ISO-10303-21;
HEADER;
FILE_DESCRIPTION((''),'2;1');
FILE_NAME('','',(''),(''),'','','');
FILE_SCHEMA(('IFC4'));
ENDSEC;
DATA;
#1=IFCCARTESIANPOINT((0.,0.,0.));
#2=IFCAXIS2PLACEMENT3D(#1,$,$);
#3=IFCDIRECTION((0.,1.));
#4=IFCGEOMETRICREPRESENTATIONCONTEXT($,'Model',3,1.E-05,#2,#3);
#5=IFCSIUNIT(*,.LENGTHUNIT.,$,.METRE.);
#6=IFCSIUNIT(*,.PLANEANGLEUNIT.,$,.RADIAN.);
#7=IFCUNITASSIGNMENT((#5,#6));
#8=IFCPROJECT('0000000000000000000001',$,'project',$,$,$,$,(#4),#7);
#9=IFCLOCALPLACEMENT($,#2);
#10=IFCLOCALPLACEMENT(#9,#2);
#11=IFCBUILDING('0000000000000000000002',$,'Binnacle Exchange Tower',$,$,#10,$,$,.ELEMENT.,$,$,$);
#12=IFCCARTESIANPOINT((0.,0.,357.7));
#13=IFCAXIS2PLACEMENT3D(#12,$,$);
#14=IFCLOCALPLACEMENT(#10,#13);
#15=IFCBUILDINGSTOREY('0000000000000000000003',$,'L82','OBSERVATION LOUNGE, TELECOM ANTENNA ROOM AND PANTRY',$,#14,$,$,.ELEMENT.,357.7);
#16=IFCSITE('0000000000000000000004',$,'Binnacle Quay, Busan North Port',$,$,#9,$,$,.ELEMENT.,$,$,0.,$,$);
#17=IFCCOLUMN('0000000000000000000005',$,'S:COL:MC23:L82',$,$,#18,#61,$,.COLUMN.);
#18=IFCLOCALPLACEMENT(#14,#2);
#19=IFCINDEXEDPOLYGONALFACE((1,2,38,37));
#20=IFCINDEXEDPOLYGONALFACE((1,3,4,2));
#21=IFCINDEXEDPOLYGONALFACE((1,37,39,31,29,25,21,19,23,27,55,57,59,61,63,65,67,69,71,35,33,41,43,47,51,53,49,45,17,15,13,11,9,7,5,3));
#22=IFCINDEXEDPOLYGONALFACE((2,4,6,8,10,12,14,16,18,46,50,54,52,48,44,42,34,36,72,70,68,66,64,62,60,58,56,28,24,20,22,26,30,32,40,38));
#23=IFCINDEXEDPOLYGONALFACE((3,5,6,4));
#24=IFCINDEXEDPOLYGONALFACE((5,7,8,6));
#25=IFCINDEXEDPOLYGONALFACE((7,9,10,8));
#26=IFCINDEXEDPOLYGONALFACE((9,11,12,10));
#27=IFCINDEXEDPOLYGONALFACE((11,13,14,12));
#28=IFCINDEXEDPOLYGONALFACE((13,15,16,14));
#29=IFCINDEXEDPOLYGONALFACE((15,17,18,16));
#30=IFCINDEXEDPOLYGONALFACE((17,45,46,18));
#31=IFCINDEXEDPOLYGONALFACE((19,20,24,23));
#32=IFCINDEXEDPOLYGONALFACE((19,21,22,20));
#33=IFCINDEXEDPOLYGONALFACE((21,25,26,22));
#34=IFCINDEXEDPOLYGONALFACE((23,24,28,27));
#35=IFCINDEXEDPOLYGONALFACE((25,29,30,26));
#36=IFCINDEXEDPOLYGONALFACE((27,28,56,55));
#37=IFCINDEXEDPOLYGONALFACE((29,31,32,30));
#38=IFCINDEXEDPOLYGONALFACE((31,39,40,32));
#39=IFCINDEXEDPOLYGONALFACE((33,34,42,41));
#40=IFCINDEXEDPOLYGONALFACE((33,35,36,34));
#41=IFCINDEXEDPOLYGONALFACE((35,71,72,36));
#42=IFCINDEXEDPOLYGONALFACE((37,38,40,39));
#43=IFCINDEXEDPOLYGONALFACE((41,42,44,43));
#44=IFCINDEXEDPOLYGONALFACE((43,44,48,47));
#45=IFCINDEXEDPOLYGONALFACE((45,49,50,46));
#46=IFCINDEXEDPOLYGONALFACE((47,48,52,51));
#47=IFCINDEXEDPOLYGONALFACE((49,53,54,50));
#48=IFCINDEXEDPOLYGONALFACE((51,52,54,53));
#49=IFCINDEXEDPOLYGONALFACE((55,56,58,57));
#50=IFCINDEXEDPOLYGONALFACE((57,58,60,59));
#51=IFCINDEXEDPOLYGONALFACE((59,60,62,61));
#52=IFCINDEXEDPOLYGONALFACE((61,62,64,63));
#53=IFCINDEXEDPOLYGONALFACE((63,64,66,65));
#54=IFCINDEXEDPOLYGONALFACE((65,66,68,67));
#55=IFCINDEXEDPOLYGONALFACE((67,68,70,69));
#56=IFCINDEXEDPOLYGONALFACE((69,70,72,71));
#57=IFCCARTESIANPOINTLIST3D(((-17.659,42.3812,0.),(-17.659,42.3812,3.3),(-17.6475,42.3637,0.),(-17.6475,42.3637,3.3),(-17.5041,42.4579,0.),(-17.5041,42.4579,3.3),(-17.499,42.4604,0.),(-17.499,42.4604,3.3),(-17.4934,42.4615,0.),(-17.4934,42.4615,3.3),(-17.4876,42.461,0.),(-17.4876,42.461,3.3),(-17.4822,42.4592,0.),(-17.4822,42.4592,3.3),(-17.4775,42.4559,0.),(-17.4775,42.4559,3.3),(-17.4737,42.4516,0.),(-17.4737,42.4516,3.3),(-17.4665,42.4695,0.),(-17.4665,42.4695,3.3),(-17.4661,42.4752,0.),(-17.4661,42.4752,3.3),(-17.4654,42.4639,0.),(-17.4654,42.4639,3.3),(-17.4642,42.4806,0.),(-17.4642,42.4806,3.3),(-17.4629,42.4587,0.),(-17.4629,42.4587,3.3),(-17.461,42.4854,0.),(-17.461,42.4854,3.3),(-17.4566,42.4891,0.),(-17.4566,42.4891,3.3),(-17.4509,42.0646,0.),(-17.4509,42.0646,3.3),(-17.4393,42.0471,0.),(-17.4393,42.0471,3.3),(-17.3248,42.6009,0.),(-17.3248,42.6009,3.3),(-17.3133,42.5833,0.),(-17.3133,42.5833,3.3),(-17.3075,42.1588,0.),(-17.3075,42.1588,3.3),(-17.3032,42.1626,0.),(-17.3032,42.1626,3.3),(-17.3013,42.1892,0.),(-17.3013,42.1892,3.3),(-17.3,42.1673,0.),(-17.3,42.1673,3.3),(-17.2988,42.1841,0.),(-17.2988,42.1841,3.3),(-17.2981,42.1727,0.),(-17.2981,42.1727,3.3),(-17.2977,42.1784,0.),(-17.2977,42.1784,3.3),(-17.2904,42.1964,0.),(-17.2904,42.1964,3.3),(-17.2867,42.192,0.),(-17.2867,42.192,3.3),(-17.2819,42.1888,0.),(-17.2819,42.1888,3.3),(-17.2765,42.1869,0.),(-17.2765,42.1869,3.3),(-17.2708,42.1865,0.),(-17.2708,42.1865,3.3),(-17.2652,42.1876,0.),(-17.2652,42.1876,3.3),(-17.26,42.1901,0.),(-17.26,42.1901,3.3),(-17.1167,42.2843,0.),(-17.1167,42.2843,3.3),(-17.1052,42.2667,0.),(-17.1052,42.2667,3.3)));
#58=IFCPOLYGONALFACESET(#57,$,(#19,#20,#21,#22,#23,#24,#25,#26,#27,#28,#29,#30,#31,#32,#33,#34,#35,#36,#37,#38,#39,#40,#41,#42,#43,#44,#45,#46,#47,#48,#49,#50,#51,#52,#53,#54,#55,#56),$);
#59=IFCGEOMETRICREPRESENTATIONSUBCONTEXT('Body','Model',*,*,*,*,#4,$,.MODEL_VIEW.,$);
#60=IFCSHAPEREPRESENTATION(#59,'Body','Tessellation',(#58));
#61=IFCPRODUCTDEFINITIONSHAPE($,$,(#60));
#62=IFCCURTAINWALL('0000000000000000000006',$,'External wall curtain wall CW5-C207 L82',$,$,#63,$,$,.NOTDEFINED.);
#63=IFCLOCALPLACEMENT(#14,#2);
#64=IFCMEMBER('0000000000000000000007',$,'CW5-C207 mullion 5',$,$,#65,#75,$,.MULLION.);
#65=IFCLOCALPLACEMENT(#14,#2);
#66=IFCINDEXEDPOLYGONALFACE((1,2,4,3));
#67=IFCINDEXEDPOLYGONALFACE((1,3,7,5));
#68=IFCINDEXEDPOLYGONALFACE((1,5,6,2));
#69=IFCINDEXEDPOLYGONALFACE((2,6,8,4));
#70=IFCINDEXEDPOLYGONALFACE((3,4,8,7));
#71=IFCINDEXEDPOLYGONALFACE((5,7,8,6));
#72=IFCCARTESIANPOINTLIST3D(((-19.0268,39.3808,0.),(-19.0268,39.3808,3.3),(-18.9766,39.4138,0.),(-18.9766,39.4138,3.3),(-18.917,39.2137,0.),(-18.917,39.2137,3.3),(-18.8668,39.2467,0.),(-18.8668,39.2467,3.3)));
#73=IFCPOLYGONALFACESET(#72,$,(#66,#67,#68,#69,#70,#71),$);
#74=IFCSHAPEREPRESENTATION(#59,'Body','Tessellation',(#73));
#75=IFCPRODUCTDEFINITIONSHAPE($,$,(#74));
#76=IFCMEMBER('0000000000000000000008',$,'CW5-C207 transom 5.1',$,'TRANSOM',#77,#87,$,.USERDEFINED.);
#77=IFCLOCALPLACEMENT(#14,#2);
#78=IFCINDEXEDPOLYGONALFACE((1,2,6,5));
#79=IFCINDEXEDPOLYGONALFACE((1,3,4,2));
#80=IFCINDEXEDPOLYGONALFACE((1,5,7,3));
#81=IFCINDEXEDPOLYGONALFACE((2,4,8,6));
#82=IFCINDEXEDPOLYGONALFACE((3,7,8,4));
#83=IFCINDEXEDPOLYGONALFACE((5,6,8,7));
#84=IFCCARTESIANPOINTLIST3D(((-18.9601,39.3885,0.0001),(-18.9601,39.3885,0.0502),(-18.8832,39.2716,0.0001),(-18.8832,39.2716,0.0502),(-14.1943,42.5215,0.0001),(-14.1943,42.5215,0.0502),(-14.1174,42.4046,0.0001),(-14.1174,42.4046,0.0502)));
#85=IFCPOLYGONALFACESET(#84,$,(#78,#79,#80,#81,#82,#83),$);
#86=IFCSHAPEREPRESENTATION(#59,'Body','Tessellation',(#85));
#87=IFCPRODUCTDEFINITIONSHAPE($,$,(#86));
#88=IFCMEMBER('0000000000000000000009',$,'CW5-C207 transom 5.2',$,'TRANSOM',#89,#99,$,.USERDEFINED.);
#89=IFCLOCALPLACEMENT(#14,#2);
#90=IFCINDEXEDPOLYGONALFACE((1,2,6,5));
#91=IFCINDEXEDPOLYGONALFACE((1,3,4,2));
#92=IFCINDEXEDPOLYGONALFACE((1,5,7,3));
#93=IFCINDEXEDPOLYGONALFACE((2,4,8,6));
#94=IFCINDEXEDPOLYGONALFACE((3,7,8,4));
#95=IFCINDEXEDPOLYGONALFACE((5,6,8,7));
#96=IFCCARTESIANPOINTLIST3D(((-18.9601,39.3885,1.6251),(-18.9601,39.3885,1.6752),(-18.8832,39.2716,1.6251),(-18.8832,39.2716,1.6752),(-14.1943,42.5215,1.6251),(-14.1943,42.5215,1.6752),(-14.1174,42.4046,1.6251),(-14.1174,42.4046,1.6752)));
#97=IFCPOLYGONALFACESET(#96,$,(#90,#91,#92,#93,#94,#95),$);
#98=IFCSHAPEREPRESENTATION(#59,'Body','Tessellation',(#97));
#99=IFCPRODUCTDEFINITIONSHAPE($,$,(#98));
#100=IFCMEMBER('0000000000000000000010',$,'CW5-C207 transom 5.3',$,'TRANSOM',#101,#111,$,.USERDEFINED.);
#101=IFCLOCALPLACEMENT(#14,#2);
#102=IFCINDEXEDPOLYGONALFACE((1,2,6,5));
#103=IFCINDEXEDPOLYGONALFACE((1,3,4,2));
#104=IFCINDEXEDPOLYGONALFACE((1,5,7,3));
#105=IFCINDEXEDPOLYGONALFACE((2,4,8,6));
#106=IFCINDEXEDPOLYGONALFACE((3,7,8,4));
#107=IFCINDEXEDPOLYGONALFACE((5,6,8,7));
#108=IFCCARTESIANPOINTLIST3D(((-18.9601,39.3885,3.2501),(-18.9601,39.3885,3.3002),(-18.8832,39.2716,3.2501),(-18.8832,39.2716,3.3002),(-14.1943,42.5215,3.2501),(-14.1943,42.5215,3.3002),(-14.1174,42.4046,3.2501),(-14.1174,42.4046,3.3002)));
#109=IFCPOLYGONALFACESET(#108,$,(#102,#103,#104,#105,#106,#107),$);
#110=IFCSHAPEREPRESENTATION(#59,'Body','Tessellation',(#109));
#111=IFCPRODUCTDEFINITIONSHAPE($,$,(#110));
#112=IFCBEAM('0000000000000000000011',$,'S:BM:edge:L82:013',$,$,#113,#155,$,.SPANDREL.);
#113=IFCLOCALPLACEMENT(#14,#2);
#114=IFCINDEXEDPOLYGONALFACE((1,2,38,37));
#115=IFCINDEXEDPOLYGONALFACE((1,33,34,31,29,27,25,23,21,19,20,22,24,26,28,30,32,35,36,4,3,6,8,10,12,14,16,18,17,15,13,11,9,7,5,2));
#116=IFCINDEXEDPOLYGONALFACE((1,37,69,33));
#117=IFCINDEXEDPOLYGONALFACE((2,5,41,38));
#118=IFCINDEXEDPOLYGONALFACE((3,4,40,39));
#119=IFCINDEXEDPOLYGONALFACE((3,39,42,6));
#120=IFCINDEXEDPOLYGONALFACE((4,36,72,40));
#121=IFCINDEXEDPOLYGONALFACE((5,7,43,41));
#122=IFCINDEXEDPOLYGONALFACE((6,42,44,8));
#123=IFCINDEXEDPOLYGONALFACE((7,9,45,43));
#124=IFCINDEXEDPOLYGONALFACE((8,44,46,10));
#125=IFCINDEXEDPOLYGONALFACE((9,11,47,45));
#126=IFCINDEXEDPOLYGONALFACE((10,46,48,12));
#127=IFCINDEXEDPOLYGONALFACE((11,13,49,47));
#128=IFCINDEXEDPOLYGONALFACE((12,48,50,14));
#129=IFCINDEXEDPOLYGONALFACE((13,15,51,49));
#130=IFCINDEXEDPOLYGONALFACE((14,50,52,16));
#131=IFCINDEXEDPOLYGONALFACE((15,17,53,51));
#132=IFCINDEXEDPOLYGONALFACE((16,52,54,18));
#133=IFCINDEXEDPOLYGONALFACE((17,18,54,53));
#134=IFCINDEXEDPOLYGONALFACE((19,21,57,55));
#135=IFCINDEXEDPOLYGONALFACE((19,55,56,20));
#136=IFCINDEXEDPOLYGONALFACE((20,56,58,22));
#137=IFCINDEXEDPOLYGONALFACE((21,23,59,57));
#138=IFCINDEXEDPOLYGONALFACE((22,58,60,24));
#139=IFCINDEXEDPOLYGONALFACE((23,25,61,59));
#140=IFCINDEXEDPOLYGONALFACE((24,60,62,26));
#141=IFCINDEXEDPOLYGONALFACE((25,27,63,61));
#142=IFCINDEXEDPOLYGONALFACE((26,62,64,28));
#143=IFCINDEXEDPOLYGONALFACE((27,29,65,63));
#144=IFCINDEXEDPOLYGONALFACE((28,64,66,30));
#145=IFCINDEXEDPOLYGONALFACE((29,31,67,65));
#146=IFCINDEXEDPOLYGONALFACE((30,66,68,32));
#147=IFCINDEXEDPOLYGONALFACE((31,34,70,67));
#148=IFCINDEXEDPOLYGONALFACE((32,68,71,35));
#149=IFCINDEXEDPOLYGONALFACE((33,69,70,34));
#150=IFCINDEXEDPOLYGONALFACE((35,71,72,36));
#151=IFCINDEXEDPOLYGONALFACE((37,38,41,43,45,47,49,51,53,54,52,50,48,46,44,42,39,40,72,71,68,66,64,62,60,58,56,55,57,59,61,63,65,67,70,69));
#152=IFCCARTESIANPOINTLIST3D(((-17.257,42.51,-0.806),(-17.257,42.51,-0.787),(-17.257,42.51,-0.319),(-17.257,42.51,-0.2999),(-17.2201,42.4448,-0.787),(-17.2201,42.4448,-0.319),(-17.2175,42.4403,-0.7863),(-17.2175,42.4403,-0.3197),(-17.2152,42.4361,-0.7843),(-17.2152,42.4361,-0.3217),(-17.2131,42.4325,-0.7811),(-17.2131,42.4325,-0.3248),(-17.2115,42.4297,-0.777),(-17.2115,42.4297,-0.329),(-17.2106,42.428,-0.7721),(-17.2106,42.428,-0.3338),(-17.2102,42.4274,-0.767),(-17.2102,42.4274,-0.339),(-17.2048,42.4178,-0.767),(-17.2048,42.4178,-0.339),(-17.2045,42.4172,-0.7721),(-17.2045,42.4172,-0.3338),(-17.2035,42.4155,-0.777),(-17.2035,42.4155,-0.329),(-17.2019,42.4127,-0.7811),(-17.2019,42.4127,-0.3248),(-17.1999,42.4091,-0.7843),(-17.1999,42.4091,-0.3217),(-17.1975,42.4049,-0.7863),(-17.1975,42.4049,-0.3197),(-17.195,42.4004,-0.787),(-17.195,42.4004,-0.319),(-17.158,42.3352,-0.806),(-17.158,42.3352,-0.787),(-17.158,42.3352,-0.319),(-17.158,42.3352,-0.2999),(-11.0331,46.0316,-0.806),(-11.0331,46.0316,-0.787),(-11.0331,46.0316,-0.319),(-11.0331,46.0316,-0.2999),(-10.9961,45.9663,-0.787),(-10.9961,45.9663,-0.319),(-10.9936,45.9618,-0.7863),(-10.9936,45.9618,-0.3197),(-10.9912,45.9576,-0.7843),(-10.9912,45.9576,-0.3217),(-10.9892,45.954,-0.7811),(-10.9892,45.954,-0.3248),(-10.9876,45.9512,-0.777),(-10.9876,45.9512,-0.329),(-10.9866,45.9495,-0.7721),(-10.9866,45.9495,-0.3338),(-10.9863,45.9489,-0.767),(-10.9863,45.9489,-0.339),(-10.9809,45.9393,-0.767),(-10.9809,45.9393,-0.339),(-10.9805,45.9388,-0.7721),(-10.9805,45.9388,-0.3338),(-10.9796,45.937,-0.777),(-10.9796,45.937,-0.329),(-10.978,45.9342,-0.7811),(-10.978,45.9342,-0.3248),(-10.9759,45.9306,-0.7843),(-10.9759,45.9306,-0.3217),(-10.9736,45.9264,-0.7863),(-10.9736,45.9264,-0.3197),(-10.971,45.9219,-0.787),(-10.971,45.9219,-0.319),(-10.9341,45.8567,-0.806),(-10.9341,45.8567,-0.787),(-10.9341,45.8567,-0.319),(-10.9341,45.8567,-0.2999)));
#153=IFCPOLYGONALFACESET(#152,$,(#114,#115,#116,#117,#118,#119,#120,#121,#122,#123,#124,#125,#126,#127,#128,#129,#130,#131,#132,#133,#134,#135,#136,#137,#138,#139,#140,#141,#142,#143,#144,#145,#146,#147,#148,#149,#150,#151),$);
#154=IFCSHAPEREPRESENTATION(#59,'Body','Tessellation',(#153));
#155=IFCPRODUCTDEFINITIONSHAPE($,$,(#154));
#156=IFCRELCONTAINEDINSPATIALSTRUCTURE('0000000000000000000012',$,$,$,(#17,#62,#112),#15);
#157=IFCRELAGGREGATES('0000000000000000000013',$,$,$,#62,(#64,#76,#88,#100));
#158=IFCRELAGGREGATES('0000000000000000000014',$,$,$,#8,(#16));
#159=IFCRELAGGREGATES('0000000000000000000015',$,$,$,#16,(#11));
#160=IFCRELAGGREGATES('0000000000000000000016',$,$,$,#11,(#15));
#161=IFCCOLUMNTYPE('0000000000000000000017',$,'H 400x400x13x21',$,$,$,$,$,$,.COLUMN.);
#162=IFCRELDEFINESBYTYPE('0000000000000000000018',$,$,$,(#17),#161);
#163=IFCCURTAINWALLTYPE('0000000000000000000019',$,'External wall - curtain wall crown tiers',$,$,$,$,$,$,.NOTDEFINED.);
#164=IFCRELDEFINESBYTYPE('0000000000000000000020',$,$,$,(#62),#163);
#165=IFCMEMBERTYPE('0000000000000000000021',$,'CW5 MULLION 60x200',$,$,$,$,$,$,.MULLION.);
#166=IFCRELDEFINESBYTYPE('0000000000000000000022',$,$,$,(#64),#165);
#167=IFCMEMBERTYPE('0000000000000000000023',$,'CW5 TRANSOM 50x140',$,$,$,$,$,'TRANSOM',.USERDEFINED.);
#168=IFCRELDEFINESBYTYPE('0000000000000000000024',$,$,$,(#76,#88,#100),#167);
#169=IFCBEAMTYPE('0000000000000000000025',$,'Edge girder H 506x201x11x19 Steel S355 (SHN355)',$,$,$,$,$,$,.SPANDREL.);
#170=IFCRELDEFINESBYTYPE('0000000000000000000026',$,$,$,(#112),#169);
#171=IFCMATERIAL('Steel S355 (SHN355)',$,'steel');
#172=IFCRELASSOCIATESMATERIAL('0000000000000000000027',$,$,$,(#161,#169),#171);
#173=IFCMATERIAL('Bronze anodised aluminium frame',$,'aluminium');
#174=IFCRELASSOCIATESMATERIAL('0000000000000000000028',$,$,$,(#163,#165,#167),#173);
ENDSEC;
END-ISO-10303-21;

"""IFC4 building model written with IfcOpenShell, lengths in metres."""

from ifc_helpers import new_model, si_unit, direction, frame, origin, origin_2d, place, context, subcontext, project, spatial, rectangle, i_section, extrude, material, material_profile, profile_set, type_object, element, aggregate, save


model = new_model("IFC4")

# Units and contexts
model_context = context("Model", 3, precision=1e-05, world=origin(), true_north=direction((0.0, 1.0)))
body_context = subcontext(model_context, "Body", "Model", "MODEL_VIEW")
ifc_project = project(units=[si_unit("LENGTHUNIT", "METRE"), si_unit("PLANEANGLEUNIT", "RADIAN")], contexts=[model_context])

# Site, building, storey
site_placement = place(None, origin())
site = spatial("IfcSite", under=ifc_project, at=site_placement, Name="Binnacle Quay, Busan North Port", CompositionType="ELEMENT", RefElevation=0.0)
building_placement = place(site_placement, origin())
building = spatial("IfcBuilding", under=site, at=building_placement, Name="Binnacle Exchange Tower", CompositionType="ELEMENT")
storey_placement = place(building_placement, frame((0.0, 0.0, 357.7)))
storey = spatial("IfcBuildingStorey", under=building, at=storey_placement, Name="L82", Description="OBSERVATION LOUNGE, TELECOM ANTENNA ROOM AND PANTRY", CompositionType="ELEMENT", Elevation=357.7)

# Column
ifc_material_1 = material(Name="Steel S355 (SHN355)", Category="steel")
ifc_material_profile_1 = material_profile(ifc_material_1, i_section(OverallWidth=0.3999, OverallDepth=0.3999, WebThickness=0.0129, FlangeThickness=0.021, FilletRadius=0.022, at=origin_2d()), Name="H 400x400x13x21")
ifc_profile_set_1 = profile_set([ifc_material_profile_1], Name="Steel S355 (SHN355)")
column_type = type_object("IfcColumnType", Name="H 400x400x13x21", PredefinedType="COLUMN", material=ifc_profile_set_1)
column_placement = place(storey_placement, frame((-17.3821, 42.324, 0.0), z_axis=(0.0, 0.0, 1.0), x_axis=(0.835616, 0.549315, 0.0)))
element("IfcColumn", 1, at=column_placement, inside=storey, type_object=column_type, Name="S:COL:MC23:L82", PredefinedType="COLUMN", context=body_context, shape_type="SweptSolid", body=[
    extrude(i_section(OverallWidth=0.3999, OverallDepth=0.3999, WebThickness=0.0129, FlangeThickness=0.021, FilletRadius=0.022, at=origin_2d()), origin(), (0.0, 0.0, 1.0), 3.3),
])

# Curtain wall, members
ifc_material_2 = material(Name="Bronze anodised aluminium frame", Category="aluminium")
curtain_wall_type = type_object("IfcCurtainWallType", Name="External wall - curtain wall crown tiers", PredefinedType="NOTDEFINED", material=ifc_material_2)
curtain_wall_placement = place(storey_placement, origin())
curtain_wall = element("IfcCurtainWall", 2, at=curtain_wall_placement, inside=storey, type_object=curtain_wall_type, Name="External wall curtain wall CW5-C207 L82", PredefinedType="NOTDEFINED")
ifc_material_profile_2 = material_profile(ifc_material_2, rectangle(XDim=0.2, YDim=0.0601, at=origin_2d()), Name="AL 60x200")
ifc_profile_set_2 = profile_set([ifc_material_profile_2], Name="Bronze anodised aluminium frame")
member_type_1 = type_object("IfcMemberType", Name="CW5 MULLION 60x200", PredefinedType="MULLION", material=ifc_profile_set_2)
member_1_placement = place(storey_placement, frame((-18.9468, 39.3137, 0.0), z_axis=(0.0, 0.0, 1.0), x_axis=(-0.54931, 0.835618, 0.0)))
member_1 = element("IfcMember", 3, at=member_1_placement, type_object=member_type_1, Name="CW5-C207 mullion 5", PredefinedType="MULLION", context=body_context, shape_type="SweptSolid", body=[
    extrude(rectangle(XDim=0.2, YDim=0.0601, at=origin_2d()), origin(), (0.0, 0.0, 1.0), 3.3),
])
ifc_material_profile_3 = material_profile(ifc_material_2, rectangle(XDim=0.1399, YDim=0.05, at=origin_2d()), Name="AL 140x50")
ifc_profile_set_3 = profile_set([ifc_material_profile_3], Name="Bronze anodised aluminium frame")
member_type_2 = type_object("IfcMemberType", Name="CW5 TRANSOM 50x140", ElementType="TRANSOM", PredefinedType="USERDEFINED", material=ifc_profile_set_3)
member_2_placement = place(storey_placement, frame((-18.9216, 39.3301, 0.0251), z_axis=(0.835609, 0.549325, 0.0), x_axis=(-0.549325, 0.835609, 0.0)))
member_2 = element("IfcMember", 4, at=member_2_placement, type_object=member_type_2, Name="CW5-C207 transom 5.1", ObjectType="TRANSOM", PredefinedType="USERDEFINED", context=body_context, shape_type="SweptSolid", body=[
    extrude(rectangle(XDim=0.1399, YDim=0.05, at=origin_2d()), origin(), (0.0, 0.0, 1.0), 5.7034),
])
member_3_placement = place(storey_placement, frame((-18.9216, 39.3301, 1.6501), z_axis=(0.835609, 0.549325, 0.0), x_axis=(-0.549325, 0.835609, 0.0)))
member_3 = element("IfcMember", 5, at=member_3_placement, type_object=member_type_2, Name="CW5-C207 transom 5.2", ObjectType="TRANSOM", PredefinedType="USERDEFINED", context=body_context, shape_type="SweptSolid", body=[
    extrude(rectangle(XDim=0.1399, YDim=0.05, at=origin_2d()), origin(), (0.0, 0.0, 1.0), 5.7034),
])
member_4_placement = place(storey_placement, frame((-18.9216, 39.3301, 3.2751), z_axis=(0.835609, 0.549325, 0.0), x_axis=(-0.549325, 0.835609, 0.0)))
member_4 = element("IfcMember", 6, at=member_4_placement, type_object=member_type_2, Name="CW5-C207 transom 5.3", ObjectType="TRANSOM", PredefinedType="USERDEFINED", context=body_context, shape_type="SweptSolid", body=[
    extrude(rectangle(XDim=0.1399, YDim=0.05, at=origin_2d()), origin(), (0.0, 0.0, 1.0), 5.7034),
])

# Beam
ifc_material_profile_4 = material_profile(ifc_material_1, i_section(OverallWidth=0.2009, OverallDepth=0.5061, WebThickness=0.011, FlangeThickness=0.019, FilletRadius=0.02, at=origin_2d()), Name="H 506x201x11x19")
ifc_profile_set_4 = profile_set([ifc_material_profile_4], Name="Steel S355 (SHN355)")
beam_type_1 = type_object("IfcBeamType", Name="Edge girder H 506x201x11x19 Steel S355 (SHN355)", PredefinedType="SPANDREL", material=ifc_profile_set_4)
beam_1_placement = place(storey_placement, frame((-17.2075, 42.4226, -0.553), z_axis=(0.870345, 0.492443, 0.0), x_axis=(-0.492443, 0.870345, 0.0)))
element("IfcBeam", 7, at=beam_1_placement, inside=storey, type_object=beam_type_1, Name="S:BM:edge:L82:013", PredefinedType="SPANDREL", context=body_context, shape_type="SweptSolid", body=[
    extrude(i_section(OverallWidth=0.2009, OverallDepth=0.5061, WebThickness=0.011, FlangeThickness=0.019, FilletRadius=0.02, at=origin_2d()), origin(), (0.0, 0.0, 1.0), 7.1511),
])

aggregate(curtain_wall, [member_1, member_2, member_3, member_4])

save(model, "model.ifc")
